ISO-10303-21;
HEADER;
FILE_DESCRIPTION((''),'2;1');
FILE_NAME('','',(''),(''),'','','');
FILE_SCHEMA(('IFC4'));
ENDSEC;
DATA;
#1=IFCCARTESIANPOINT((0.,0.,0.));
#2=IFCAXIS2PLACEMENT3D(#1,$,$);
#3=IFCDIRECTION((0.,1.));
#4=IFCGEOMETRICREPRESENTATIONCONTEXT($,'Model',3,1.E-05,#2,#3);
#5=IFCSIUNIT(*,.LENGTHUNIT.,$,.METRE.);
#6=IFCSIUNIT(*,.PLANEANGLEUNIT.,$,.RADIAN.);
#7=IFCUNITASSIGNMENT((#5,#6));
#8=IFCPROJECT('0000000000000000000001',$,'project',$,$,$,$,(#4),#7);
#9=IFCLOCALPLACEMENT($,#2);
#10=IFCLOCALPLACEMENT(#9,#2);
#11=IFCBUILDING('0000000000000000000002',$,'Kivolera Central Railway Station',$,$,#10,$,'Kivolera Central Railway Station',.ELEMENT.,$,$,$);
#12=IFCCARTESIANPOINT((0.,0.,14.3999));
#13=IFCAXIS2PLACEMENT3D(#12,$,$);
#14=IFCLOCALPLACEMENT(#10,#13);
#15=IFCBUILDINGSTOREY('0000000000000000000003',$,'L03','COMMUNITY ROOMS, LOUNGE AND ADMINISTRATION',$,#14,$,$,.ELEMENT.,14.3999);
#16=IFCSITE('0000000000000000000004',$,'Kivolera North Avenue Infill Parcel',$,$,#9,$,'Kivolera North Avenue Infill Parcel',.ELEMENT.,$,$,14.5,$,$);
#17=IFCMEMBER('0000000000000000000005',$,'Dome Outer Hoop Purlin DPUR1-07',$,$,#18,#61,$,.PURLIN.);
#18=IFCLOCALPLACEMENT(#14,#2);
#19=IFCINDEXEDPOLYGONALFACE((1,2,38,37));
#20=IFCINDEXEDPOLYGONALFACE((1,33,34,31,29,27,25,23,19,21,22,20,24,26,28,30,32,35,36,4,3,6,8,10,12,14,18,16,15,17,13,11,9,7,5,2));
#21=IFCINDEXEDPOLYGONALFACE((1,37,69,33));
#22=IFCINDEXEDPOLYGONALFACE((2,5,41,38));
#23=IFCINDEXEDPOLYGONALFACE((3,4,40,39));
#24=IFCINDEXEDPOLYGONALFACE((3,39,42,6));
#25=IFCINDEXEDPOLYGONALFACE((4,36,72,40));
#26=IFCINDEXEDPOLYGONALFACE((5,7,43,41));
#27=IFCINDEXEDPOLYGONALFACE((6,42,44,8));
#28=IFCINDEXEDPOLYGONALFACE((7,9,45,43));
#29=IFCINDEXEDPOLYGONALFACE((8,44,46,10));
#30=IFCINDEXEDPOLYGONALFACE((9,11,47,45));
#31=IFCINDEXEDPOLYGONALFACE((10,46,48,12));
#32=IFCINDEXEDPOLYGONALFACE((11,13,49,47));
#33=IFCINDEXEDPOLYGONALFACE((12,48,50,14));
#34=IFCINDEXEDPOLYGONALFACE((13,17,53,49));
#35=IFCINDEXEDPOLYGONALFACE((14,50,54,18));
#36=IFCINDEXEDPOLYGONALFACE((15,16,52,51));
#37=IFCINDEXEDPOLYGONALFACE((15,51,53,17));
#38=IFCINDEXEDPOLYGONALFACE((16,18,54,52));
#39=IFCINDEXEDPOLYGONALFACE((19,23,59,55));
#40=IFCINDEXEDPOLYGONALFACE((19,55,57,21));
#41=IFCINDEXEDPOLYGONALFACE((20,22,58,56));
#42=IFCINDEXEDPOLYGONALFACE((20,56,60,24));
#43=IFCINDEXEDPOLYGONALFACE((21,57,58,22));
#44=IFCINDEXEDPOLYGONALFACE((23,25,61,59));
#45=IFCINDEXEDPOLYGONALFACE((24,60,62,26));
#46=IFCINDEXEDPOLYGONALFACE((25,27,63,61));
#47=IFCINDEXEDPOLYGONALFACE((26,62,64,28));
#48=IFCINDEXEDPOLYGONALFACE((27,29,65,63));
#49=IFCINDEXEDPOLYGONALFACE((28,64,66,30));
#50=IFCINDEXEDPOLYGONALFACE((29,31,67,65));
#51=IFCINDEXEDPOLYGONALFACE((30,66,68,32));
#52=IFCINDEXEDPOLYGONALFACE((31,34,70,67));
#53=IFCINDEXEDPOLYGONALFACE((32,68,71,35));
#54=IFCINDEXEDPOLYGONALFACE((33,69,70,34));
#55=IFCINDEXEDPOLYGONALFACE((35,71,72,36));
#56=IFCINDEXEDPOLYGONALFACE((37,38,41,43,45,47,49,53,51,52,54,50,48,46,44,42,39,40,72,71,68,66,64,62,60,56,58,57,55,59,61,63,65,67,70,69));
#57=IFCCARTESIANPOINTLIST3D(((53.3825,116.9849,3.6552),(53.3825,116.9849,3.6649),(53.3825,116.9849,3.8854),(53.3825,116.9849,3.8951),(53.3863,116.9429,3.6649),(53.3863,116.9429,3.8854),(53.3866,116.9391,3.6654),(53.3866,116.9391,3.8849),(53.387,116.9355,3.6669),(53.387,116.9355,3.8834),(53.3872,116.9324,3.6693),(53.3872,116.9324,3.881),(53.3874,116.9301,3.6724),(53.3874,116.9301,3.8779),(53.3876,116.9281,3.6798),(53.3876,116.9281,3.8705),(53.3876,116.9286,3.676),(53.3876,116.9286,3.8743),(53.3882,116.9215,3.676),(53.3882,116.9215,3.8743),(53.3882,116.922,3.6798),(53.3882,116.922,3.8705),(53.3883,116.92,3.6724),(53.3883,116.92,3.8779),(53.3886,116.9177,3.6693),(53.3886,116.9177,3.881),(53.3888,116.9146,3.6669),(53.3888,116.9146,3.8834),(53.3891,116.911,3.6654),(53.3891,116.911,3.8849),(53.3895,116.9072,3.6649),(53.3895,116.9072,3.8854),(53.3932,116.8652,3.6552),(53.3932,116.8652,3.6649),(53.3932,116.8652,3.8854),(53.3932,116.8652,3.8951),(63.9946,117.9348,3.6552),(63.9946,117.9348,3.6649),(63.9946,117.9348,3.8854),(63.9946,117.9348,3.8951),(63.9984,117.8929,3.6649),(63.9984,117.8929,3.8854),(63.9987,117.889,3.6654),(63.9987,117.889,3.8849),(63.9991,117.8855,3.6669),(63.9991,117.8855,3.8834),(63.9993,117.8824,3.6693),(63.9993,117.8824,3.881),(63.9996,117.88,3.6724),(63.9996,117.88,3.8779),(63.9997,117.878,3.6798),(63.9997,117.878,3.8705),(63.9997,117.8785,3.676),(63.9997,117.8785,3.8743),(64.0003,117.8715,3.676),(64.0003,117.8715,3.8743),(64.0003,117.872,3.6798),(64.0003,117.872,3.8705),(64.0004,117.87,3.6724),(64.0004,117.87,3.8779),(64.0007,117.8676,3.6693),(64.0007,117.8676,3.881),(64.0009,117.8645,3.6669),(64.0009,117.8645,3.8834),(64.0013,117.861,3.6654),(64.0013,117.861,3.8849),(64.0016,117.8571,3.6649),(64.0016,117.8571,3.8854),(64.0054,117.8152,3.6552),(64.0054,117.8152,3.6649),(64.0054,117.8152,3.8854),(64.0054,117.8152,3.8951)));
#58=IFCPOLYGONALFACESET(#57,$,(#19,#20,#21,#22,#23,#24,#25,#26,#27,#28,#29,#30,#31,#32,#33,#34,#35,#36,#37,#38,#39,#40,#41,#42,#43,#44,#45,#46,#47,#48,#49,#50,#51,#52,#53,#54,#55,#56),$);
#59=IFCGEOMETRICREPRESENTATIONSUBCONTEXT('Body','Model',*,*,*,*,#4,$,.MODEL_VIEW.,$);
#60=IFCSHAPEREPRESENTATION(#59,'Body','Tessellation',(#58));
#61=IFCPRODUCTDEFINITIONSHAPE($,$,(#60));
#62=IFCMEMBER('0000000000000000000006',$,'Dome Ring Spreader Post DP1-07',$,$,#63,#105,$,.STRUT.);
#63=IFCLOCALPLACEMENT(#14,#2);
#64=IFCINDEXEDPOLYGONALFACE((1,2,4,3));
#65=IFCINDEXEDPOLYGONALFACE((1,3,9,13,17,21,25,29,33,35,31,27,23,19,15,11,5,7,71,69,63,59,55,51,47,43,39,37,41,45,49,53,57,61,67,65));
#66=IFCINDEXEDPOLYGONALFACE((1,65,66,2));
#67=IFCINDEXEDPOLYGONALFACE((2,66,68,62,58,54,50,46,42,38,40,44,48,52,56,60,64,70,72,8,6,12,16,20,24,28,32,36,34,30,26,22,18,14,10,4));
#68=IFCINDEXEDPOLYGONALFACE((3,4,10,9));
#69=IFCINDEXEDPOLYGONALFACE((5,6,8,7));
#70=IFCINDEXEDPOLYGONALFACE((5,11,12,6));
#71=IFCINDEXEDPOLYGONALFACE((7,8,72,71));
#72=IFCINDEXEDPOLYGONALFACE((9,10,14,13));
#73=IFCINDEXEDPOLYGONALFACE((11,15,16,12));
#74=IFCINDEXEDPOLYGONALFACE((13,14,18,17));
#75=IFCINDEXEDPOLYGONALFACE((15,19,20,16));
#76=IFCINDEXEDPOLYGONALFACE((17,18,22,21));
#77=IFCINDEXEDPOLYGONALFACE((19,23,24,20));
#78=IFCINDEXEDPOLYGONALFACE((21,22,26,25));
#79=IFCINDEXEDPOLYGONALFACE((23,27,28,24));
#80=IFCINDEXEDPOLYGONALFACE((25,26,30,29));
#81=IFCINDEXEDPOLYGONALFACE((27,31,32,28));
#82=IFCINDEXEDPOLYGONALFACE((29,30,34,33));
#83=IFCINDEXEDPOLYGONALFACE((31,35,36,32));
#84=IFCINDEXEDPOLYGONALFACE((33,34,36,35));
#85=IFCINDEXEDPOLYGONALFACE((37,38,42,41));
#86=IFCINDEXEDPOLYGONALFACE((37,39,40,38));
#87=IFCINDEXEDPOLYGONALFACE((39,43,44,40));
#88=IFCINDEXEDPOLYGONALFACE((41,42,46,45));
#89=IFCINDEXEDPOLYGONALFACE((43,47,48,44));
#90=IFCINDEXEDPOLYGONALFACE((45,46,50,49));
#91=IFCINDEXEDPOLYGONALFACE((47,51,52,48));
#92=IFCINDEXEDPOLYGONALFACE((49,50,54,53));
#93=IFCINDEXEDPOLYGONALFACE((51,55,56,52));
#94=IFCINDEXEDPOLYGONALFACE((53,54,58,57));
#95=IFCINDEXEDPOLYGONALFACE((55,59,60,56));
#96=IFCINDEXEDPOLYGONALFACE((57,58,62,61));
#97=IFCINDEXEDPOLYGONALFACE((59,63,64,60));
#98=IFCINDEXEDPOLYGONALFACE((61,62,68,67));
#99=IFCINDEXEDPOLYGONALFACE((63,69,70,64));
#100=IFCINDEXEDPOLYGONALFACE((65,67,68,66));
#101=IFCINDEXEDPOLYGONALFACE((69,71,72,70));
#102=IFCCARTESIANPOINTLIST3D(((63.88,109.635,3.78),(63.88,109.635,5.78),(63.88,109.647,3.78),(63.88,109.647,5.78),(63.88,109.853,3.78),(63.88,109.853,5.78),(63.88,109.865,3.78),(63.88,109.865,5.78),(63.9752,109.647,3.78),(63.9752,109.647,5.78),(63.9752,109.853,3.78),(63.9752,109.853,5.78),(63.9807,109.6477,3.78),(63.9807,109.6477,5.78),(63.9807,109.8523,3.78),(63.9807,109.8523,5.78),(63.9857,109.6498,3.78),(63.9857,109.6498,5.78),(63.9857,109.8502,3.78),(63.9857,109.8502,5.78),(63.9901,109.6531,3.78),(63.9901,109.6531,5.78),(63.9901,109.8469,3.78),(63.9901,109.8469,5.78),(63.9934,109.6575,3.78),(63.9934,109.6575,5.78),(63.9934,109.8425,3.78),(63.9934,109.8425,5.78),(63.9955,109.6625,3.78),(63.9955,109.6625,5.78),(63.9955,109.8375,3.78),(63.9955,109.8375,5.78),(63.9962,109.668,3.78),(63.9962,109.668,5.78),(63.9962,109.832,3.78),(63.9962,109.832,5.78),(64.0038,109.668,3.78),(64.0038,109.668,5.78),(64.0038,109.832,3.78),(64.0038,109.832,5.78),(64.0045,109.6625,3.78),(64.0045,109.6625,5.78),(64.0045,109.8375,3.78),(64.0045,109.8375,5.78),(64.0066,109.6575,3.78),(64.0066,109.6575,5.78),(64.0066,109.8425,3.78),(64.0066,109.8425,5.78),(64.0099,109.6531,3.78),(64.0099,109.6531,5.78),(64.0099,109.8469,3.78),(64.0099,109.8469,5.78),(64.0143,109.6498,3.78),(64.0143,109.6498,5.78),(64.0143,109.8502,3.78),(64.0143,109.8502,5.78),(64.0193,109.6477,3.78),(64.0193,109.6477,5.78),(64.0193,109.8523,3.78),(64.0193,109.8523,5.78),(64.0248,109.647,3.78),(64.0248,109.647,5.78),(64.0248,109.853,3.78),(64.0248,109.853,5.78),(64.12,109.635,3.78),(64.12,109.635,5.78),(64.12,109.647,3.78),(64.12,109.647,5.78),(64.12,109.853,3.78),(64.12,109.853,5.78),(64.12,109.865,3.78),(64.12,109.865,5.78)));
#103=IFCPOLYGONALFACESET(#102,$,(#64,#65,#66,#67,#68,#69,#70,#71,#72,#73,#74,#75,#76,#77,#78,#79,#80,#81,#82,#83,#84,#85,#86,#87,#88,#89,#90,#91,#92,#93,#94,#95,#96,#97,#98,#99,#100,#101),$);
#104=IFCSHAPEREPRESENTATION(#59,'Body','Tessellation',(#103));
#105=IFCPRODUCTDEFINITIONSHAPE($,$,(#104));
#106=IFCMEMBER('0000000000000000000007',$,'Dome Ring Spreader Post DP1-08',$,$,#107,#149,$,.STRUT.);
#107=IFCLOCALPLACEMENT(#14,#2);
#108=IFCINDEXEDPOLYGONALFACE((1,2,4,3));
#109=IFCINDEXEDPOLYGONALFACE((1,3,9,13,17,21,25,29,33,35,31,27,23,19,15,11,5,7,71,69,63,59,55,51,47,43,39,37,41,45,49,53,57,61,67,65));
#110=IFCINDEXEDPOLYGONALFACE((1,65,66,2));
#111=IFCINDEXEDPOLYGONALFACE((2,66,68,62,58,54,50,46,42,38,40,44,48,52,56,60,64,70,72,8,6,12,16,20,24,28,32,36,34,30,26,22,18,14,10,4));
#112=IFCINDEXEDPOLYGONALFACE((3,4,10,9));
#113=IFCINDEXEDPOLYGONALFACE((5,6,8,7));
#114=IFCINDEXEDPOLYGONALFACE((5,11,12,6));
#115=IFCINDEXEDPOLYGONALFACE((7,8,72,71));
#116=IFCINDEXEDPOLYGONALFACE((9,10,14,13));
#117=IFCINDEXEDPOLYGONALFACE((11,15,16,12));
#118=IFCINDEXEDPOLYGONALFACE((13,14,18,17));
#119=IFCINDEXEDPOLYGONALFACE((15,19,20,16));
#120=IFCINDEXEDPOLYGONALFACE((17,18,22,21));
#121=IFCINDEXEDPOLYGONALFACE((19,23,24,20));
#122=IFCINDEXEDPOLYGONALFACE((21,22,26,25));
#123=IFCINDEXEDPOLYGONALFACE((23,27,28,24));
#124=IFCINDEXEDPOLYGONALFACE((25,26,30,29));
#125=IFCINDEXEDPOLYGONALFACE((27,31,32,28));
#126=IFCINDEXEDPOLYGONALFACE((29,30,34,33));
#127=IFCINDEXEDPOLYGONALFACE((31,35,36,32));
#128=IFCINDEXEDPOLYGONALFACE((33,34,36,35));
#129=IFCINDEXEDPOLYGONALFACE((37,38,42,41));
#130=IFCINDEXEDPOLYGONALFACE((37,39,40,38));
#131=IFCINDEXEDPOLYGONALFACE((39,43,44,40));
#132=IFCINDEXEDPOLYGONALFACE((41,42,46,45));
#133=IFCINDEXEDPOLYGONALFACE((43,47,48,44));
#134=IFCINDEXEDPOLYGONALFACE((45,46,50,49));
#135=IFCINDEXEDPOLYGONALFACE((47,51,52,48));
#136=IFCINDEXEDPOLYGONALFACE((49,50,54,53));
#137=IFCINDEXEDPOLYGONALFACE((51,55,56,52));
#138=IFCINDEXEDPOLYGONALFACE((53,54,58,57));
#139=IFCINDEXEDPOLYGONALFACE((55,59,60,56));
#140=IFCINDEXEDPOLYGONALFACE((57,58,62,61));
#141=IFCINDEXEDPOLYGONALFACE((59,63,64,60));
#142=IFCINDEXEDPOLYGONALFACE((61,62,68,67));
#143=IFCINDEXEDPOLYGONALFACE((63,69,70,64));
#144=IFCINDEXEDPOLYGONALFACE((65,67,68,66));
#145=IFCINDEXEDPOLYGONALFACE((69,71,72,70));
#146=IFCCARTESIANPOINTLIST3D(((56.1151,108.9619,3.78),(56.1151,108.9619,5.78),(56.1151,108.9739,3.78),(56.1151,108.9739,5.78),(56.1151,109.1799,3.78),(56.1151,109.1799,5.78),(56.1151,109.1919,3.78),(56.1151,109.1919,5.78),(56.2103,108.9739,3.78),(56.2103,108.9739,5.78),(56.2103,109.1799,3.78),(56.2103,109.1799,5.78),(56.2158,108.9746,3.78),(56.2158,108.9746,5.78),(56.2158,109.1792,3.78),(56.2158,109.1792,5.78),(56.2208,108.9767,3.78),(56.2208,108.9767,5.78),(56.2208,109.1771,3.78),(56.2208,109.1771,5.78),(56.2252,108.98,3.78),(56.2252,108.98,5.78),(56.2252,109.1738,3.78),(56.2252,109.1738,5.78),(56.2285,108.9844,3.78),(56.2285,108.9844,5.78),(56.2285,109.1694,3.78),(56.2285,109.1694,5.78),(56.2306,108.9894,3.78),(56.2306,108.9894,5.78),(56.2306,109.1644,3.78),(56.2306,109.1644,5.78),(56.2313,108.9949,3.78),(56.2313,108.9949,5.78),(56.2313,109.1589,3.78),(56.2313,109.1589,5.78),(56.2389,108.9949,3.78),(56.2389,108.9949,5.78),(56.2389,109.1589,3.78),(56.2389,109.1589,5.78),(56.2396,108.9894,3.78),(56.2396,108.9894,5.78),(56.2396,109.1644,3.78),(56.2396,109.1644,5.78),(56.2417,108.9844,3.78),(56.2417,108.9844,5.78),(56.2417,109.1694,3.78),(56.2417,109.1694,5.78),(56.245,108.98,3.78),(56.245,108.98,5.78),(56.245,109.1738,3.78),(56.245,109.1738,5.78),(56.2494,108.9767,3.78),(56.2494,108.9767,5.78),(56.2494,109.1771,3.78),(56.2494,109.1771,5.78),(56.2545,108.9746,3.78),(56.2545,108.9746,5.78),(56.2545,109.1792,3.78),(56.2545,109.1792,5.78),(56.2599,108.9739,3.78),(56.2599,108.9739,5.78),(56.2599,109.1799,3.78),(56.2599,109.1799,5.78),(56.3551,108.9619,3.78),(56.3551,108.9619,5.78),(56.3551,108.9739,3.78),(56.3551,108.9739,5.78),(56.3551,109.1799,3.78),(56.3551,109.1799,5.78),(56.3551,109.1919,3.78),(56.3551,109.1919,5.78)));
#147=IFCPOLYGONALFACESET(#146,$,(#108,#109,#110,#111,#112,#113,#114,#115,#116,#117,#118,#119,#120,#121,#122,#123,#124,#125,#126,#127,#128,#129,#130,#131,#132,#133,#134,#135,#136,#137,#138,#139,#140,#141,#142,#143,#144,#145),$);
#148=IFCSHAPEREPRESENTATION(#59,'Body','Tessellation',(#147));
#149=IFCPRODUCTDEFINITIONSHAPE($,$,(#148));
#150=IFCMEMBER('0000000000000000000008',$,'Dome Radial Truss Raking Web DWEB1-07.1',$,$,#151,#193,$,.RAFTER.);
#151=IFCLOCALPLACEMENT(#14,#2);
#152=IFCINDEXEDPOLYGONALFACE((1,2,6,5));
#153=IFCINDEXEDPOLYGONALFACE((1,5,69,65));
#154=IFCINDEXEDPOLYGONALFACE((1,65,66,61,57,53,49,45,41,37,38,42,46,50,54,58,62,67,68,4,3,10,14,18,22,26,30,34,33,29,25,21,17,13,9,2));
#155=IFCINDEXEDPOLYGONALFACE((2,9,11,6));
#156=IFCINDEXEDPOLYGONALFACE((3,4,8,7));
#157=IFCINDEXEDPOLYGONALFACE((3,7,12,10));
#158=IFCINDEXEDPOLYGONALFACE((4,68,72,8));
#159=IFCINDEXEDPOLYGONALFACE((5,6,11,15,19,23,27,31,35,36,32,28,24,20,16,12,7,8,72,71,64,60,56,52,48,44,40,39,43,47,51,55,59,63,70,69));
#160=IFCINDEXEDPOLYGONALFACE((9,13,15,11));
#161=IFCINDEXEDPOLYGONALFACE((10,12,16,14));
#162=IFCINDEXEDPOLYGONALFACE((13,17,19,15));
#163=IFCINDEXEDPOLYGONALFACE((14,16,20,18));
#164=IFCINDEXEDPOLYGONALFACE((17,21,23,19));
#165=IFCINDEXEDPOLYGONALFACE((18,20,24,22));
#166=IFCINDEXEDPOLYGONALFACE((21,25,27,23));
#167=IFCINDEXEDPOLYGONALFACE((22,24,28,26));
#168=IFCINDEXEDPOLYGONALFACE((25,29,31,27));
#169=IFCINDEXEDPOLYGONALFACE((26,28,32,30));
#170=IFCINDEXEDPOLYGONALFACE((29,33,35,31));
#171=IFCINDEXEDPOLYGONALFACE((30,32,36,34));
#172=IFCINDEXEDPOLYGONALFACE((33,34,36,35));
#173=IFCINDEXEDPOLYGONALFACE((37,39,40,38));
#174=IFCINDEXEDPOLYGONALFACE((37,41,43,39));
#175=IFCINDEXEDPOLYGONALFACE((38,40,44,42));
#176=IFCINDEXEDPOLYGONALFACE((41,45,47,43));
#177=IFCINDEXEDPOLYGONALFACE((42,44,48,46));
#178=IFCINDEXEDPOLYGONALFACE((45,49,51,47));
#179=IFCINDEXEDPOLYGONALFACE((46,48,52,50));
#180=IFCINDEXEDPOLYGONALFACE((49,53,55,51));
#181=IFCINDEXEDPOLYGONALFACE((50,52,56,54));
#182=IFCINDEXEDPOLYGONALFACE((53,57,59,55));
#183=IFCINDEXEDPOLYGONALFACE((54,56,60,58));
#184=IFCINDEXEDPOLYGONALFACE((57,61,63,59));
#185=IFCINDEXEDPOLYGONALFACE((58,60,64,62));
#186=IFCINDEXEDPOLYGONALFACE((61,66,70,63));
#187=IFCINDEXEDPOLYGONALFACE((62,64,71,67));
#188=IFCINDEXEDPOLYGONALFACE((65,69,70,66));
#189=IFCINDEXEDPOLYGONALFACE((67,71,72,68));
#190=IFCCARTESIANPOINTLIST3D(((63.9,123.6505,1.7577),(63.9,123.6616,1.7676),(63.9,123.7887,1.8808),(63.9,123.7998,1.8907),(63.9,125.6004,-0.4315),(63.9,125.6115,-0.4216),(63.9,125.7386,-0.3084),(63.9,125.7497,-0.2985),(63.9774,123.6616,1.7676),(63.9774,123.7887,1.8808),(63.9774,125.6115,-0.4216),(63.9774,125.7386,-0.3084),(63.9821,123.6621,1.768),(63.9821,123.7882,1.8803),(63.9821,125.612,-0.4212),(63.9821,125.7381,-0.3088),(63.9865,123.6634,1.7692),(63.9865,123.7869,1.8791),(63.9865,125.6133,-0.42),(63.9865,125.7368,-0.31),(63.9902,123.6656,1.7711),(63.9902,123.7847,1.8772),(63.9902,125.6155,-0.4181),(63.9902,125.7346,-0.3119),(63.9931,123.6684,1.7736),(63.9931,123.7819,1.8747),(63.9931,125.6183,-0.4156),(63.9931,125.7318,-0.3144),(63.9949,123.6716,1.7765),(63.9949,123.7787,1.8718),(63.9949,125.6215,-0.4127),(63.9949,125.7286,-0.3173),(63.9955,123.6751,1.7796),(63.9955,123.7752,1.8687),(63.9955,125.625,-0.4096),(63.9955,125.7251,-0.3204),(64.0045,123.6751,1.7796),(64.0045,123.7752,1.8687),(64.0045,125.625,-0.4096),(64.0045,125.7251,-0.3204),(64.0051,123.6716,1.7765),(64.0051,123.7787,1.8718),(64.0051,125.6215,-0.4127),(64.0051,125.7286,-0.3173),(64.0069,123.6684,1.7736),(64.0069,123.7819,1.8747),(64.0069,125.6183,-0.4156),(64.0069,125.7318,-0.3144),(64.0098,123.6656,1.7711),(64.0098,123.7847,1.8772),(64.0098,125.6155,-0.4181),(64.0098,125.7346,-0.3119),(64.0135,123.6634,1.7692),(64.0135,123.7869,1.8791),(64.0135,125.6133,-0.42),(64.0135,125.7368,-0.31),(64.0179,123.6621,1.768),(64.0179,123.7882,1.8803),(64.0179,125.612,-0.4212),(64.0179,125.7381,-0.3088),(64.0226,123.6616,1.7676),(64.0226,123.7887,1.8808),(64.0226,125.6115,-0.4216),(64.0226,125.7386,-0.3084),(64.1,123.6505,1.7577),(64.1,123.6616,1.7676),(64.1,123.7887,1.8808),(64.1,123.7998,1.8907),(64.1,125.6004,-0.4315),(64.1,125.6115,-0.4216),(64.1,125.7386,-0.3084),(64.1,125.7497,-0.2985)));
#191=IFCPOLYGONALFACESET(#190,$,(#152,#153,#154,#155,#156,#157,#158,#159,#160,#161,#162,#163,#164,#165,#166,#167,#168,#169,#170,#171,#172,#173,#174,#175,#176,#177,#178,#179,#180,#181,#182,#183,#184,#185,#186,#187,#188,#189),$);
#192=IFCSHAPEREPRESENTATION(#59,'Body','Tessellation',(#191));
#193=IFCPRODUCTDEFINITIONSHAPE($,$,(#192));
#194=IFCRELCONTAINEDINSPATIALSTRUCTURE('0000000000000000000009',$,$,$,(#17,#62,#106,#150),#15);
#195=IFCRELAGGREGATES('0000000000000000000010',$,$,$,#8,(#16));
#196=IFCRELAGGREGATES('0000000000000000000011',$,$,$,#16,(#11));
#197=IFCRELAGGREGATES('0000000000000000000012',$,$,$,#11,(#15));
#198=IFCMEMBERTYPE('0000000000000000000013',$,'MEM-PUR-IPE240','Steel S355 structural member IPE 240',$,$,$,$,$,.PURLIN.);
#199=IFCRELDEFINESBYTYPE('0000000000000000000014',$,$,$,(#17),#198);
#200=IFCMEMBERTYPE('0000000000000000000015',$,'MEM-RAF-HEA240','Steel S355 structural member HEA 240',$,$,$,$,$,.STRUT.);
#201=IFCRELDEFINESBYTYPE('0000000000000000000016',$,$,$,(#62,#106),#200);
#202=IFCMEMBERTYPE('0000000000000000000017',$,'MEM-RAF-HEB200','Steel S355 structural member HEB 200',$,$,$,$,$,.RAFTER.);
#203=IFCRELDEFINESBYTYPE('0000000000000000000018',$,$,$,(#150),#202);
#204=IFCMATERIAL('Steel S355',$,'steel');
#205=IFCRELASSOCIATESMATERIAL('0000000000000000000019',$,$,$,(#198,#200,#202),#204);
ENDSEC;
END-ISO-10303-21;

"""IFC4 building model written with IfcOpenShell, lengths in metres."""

from ifc_helpers import new_model, si_unit, direction, frame, origin, origin_2d, place, context, subcontext, project, spatial, i_section, extrude, material, material_profile, profile_set, type_object, element, save


model = new_model("IFC4")

# Units and contexts
model_context = context("Model", 3, precision=1e-05, world=origin(), true_north=direction((0.0, 1.0)))
body_context = subcontext(model_context, "Body", "Model", "MODEL_VIEW")
ifc_project = project(units=[si_unit("LENGTHUNIT", "METRE"), si_unit("PLANEANGLEUNIT", "RADIAN")], contexts=[model_context])

# Site, building, storey
site_placement = place(None, origin())
site = spatial("IfcSite", under=ifc_project, at=site_placement, Name="Kivolera North Avenue Infill Parcel", LongName="Kivolera North Avenue Infill Parcel", CompositionType="ELEMENT", RefElevation=14.5)
building_placement = place(site_placement, origin())
building = spatial("IfcBuilding", under=site, at=building_placement, Name="Kivolera Central Railway Station", LongName="Kivolera Central Railway Station", CompositionType="ELEMENT")
storey_placement = place(building_placement, frame((0.0, 0.0, 14.3999)))
storey = spatial("IfcBuildingStorey", under=building, at=storey_placement, Name="L03", Description="COMMUNITY ROOMS, LOUNGE AND ADMINISTRATION", CompositionType="ELEMENT", Elevation=14.3999)

# Shared definitions
ifc_material_1 = material(Name="Steel S355", Category="steel")

# Members
ifc_material_profile_1 = material_profile(ifc_material_1, i_section(OverallWidth=0.1201, OverallDepth=0.24, WebThickness=0.0061, FlangeThickness=0.0098, FilletRadius=0.0149, at=origin_2d()), Name="IPE 240")
ifc_profile_set_1 = profile_set([ifc_material_profile_1], Name="Steel S355")
member_type_1 = type_object("IfcMemberType", Name="MEM-PUR-IPE240", Description="Steel S355 structural member IPE 240", PredefinedType="PURLIN", material=ifc_profile_set_1)
member_1_placement = place(storey_placement, frame((64.0, 117.875, 3.7751), z_axis=(-0.996017, -0.08916, 0.0), x_axis=(0.08916, -0.996017, 0.0)))
element("IfcMember", 1, at=member_1_placement, inside=storey, type_object=member_type_1, Name="Dome Outer Hoop Purlin DPUR1-07", PredefinedType="PURLIN", context=body_context, shape_type="SweptSolid", body=[
    extrude(i_section(OverallWidth=0.1201, OverallDepth=0.24, WebThickness=0.0061, FlangeThickness=0.0098, FilletRadius=0.0149, at=origin_2d()), origin(), (0.0, 0.0, 1.0), 10.6545),
])
ifc_material_profile_2 = material_profile(ifc_material_1, i_section(OverallWidth=0.24, OverallDepth=0.23, WebThickness=0.0076, FlangeThickness=0.012, FilletRadius=0.021, at=origin_2d()), Name="HEA 240")
ifc_profile_set_2 = profile_set([ifc_material_profile_2], Name="Steel S355")
member_type_2 = type_object("IfcMemberType", Name="MEM-RAF-HEA240", Description="Steel S355 structural member HEA 240", PredefinedType="STRUT", material=ifc_profile_set_2)
for number, where, z_axis, x_axis, name in (
    (2, (64.0, 109.75, 3.78), (0.0, 0.0, 1.0), (1.0, 0.0, 0.0), "Dome Ring Spreader Post DP1-07"),
    (3, (56.2351, 109.0769, 3.78), (0.0, 0.0, 1.0), (1.0, 0.0, 0.0), "Dome Ring Spreader Post DP1-08"),
):
    element("IfcMember", number, at=place(storey_placement, frame(where, z_axis=z_axis, x_axis=x_axis)), inside=storey, type_object=member_type_2, Name=name, PredefinedType="STRUT", context=body_context, shape_type="SweptSolid", body=[
        extrude(i_section(OverallWidth=0.24, OverallDepth=0.23, WebThickness=0.0076, FlangeThickness=0.012, FilletRadius=0.021, at=origin_2d()), origin(), (0.0, 0.0, 1.0), 2.0),
    ])
ifc_material_profile_3 = material_profile(ifc_material_1, i_section(OverallWidth=0.2, OverallDepth=0.2, WebThickness=0.009, FlangeThickness=0.0149, FilletRadius=0.0181, at=origin_2d()), Name="HEB 200")
ifc_profile_set_3 = profile_set([ifc_material_profile_3], Name="Steel S355")
member_type_3 = type_object("IfcMemberType", Name="MEM-RAF-HEB200", Description="Steel S355 structural member HEB 200", PredefinedType="RAFTER", material=ifc_profile_set_3)
member_2_placement = place(storey_placement, frame((64.0, 125.675, -0.365), z_axis=(0.0, -0.665123, 0.746734), x_axis=(1.0, 0.0, 0.0)))
element("IfcMember", 4, at=member_2_placement, inside=storey, type_object=member_type_3, Name="Dome Radial Truss Raking Web DWEB1-07.1", PredefinedType="RAFTER", context=body_context, shape_type="SweptSolid", body=[
    extrude(i_section(OverallWidth=0.2, OverallDepth=0.2, WebThickness=0.009, FlangeThickness=0.0149, FilletRadius=0.0181, at=origin_2d()), origin(), (0.0, 0.0, 1.0), 2.9316),
])

save(model, "model.ifc")
